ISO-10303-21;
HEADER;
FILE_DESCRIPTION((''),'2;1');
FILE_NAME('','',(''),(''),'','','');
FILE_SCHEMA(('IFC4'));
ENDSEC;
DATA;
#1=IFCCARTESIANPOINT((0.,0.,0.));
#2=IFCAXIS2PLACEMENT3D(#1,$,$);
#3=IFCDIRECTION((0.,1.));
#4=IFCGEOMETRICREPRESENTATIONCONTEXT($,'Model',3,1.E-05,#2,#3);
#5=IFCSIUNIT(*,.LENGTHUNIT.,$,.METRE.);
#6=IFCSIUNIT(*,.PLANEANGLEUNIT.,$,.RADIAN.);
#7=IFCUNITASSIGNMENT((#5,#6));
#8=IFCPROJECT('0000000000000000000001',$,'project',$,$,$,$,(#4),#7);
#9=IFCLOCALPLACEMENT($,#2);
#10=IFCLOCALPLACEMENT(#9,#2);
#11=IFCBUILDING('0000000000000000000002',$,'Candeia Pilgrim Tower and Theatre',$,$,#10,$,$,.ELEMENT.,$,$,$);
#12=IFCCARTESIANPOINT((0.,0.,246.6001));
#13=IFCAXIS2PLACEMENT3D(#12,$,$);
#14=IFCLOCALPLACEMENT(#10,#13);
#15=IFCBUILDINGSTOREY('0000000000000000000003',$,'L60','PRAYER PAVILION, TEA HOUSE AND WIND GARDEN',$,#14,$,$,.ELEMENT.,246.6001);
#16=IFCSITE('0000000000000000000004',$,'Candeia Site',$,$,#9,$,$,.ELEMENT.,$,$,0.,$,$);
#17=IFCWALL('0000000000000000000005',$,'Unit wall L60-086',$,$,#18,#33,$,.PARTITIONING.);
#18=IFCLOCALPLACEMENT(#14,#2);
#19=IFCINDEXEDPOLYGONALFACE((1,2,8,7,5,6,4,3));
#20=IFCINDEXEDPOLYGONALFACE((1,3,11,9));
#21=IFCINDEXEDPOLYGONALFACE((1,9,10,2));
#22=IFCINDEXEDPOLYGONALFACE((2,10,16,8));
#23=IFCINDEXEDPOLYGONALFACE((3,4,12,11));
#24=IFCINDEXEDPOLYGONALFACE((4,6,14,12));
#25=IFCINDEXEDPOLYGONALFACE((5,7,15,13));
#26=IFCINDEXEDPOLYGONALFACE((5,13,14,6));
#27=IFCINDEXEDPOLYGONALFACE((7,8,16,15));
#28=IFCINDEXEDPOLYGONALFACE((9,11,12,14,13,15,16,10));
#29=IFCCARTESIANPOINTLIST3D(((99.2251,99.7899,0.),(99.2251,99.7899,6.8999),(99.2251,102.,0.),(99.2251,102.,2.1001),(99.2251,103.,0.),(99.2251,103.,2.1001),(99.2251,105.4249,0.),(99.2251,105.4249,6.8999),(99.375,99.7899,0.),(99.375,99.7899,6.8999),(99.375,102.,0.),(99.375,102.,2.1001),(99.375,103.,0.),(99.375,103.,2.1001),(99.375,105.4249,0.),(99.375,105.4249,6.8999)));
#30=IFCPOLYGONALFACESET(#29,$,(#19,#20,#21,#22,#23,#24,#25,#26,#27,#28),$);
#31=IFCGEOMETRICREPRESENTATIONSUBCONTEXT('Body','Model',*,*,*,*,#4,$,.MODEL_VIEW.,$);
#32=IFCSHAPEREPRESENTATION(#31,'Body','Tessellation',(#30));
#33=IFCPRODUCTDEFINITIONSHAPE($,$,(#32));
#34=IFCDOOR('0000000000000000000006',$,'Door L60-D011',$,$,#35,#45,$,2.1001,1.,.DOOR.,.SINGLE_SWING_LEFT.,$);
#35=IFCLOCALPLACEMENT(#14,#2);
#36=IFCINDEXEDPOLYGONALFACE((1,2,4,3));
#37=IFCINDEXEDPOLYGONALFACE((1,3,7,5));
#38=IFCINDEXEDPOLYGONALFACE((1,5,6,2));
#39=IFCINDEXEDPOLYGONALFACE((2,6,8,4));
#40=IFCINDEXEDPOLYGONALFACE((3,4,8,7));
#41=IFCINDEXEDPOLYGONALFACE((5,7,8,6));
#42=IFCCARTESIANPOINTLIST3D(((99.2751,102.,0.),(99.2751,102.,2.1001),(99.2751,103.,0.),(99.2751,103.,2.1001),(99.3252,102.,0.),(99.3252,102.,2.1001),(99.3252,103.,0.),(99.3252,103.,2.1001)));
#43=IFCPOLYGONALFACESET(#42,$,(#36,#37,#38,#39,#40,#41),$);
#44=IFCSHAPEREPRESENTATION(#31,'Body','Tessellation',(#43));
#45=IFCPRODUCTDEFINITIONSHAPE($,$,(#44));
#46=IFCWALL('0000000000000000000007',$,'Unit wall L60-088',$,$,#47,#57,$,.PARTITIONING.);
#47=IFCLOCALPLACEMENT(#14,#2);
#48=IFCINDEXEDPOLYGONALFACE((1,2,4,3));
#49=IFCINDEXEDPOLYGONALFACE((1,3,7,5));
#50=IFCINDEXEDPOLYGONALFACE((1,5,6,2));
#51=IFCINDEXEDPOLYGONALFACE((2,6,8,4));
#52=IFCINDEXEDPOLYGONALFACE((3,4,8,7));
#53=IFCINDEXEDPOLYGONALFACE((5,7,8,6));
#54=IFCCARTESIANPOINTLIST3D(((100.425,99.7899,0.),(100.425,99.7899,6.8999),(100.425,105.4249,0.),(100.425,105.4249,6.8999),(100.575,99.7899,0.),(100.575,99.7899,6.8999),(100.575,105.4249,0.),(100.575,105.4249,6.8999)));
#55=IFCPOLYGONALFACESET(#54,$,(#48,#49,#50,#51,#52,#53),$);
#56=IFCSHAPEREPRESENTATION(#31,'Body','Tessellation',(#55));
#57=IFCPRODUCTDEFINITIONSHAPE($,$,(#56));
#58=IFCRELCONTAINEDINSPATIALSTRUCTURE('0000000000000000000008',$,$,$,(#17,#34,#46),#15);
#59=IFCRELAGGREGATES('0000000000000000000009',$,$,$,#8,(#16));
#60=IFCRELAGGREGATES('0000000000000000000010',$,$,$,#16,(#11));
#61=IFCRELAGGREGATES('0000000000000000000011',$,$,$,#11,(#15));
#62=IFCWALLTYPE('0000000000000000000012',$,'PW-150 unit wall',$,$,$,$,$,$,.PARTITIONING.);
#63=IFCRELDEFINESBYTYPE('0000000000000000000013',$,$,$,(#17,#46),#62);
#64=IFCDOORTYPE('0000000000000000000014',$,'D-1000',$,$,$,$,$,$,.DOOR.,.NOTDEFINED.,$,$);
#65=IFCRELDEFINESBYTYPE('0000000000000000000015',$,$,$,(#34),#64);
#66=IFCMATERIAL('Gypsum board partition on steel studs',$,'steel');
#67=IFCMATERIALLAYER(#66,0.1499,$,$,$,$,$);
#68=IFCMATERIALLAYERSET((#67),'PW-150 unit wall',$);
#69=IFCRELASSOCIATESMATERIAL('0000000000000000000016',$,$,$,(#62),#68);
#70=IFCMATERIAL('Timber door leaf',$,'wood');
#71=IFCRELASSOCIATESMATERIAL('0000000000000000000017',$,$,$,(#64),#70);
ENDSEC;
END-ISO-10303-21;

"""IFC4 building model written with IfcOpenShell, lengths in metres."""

from ifc_helpers import new_model, si_unit, direction, frame, frame_2d, origin, place, context, subcontext, project, spatial, rectangle, extrude, material, layer, layer_set, type_object, element, fill, save


model = new_model("IFC4")

# Units and contexts
model_context = context("Model", 3, precision=1e-05, world=origin(), true_north=direction((0.0, 1.0)))
body_context = subcontext(model_context, "Body", "Model", "MODEL_VIEW")
ifc_project = project(units=[si_unit("LENGTHUNIT", "METRE"), si_unit("PLANEANGLEUNIT", "RADIAN")], contexts=[model_context])

# Site, building, storey
site_placement = place(None, origin())
site = spatial("IfcSite", under=ifc_project, at=site_placement, Name="Candeia Site", CompositionType="ELEMENT", RefElevation=0.0)
building_placement = place(site_placement, origin())
building = spatial("IfcBuilding", under=site, at=building_placement, Name="Candeia Pilgrim Tower and Theatre", CompositionType="ELEMENT")
storey_placement = place(building_placement, frame((0.0, 0.0, 246.6001)))
storey = spatial("IfcBuildingStorey", under=building, at=storey_placement, Name="L60", Description="PRAYER PAVILION, TEA HOUSE AND WIND GARDEN", CompositionType="ELEMENT", Elevation=246.6001)

# Shared definitions
ifc_material_1 = material(Name="Gypsum board partition on steel studs", Category="steel")
ifc_layer = layer(ifc_material_1, 0.1499)
ifc_layer_set = layer_set([ifc_layer], Name="PW-150 unit wall")
wall_type = type_object("IfcWallType", Name="PW-150 unit wall", PredefinedType="PARTITIONING", material=ifc_layer_set)

# Shared definitions
ifc_material_2 = material(Name="Timber door leaf", Category="wood")
door_type = type_object("IfcDoorType", Name="D-1000", OperationType="NOTDEFINED", PredefinedType="DOOR", material=ifc_material_2)

# Wall, opening, door
wall_1_placement = place(storey_placement, frame((99.3, 99.79, 0.0), z_axis=(0.0, 0.0, 1.0), x_axis=(0.0, 1.0, 0.0)))
wall_1 = element("IfcWall", 1, at=wall_1_placement, inside=storey, type_object=wall_type, Name="Unit wall L60-086", PredefinedType="PARTITIONING", context=body_context, shape_type="SweptSolid", body=[
    extrude(rectangle(XDim=5.635, YDim=0.1499, at=frame_2d((2.8174, 0.0))), origin(), (0.0, 0.0, 1.0), 6.8999),
])
opening_1_placement = place(wall_1_placement, frame((2.21, 0.0, 0.0)))
opening_1 = element("IfcOpeningElement", 2, at=opening_1_placement, cuts=wall_1, PredefinedType="OPENING", context=body_context, shape_type="SweptSolid", body=[
    extrude(rectangle(XDim=1.0, YDim=2.1001, at=frame_2d((0.5, 1.05))), frame((0.0, 0.085, 0.0), z_axis=(0.0, -1.0, 0.0), x_axis=(1.0, 0.0, 0.0)), (0.0, 0.0, 1.0), 0.1699),
])
door_1_placement = place(opening_1_placement, origin())
door_1 = element("IfcDoor", 3, at=door_1_placement, inside=storey, type_object=door_type, Name="Door L60-D011", OperationType="SINGLE_SWING_LEFT", OverallHeight=2.1001, OverallWidth=1.0, PredefinedType="DOOR", context=body_context, shape_type="SweptSolid", body=[
    extrude(rectangle(XDim=1.0, YDim=2.1001, at=frame_2d((0.5, 1.05))), frame((0.0, 0.0249, 0.0), z_axis=(0.0, -1.0, 0.0), x_axis=(1.0, 0.0, 0.0)), (0.0, 0.0, 1.0), 0.05),
])
fill(opening_1, door_1)

# Wall
wall_2_placement = place(storey_placement, frame((100.5, 99.79, 0.0), z_axis=(0.0, 0.0, 1.0), x_axis=(0.0, 1.0, 0.0)))
element("IfcWall", 4, at=wall_2_placement, inside=storey, type_object=wall_type, Name="Unit wall L60-088", PredefinedType="PARTITIONING", context=body_context, shape_type="SweptSolid", body=[
    extrude(rectangle(XDim=5.635, YDim=0.1499, at=frame_2d((2.8174, 0.0))), origin(), (0.0, 0.0, 1.0), 6.8999),
])

save(model, "model.ifc")
